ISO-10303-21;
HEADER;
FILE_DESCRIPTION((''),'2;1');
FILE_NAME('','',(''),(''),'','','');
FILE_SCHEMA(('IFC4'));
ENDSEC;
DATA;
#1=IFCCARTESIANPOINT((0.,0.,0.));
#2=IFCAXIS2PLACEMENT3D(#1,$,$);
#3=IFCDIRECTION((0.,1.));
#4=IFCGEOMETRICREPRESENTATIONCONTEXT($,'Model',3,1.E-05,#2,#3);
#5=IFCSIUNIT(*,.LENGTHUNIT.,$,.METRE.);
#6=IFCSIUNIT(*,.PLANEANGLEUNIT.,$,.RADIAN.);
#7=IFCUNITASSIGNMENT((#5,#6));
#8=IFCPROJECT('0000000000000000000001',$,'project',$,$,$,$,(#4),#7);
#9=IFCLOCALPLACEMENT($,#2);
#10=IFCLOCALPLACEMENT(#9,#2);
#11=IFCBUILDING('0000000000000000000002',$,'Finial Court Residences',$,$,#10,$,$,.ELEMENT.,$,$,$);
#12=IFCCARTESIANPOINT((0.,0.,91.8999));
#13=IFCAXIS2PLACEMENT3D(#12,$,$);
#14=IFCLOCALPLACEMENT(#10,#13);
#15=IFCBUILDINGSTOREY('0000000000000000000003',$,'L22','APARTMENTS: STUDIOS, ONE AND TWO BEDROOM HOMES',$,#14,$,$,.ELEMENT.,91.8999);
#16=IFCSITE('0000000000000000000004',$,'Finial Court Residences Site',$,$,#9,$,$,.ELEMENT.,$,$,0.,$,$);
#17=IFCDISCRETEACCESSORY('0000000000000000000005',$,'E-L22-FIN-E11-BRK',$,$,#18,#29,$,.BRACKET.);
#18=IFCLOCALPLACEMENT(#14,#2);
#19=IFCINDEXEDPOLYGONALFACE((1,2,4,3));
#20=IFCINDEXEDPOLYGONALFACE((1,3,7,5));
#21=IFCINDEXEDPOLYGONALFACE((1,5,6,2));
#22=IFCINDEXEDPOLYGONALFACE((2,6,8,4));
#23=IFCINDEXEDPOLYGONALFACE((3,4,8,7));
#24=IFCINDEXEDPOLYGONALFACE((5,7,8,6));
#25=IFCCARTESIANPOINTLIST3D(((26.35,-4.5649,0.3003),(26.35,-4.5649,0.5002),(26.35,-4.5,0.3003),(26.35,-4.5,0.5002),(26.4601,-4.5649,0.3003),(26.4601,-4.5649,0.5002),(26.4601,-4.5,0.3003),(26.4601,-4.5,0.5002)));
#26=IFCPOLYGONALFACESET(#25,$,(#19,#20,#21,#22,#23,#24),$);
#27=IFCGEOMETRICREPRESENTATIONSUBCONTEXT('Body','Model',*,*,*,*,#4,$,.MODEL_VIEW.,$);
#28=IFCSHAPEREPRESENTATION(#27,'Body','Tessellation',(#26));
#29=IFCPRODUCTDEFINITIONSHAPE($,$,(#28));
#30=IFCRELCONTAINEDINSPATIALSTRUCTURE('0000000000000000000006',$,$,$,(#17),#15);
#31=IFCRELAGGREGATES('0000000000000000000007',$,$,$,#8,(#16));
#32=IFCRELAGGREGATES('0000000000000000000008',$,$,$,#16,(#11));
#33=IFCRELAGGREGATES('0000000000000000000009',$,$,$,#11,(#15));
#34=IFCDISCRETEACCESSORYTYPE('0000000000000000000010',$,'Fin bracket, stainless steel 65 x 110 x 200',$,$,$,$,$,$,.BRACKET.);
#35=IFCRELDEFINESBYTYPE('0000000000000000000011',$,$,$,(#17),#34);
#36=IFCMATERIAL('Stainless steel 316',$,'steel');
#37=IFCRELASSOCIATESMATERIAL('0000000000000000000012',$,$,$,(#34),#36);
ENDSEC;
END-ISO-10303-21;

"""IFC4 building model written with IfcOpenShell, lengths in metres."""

from ifc_helpers import new_model, si_unit, direction, frame, origin, origin_2d, place, context, subcontext, project, spatial, rectangle, extrude, material, type_object, element, save


model = new_model("IFC4")

# Units and contexts
model_context = context("Model", 3, precision=1e-05, world=origin(), true_north=direction((0.0, 1.0)))
body_context = subcontext(model_context, "Body", "Model", "MODEL_VIEW")
ifc_project = project(units=[si_unit("LENGTHUNIT", "METRE"), si_unit("PLANEANGLEUNIT", "RADIAN")], contexts=[model_context])

# Site, building, storey
site_placement = place(None, origin())
site = spatial("IfcSite", under=ifc_project, at=site_placement, Name="Finial Court Residences Site", CompositionType="ELEMENT", RefElevation=0.0)
building_placement = place(site_placement, origin())
building = spatial("IfcBuilding", under=site, at=building_placement, Name="Finial Court Residences", CompositionType="ELEMENT")
storey_placement = place(building_placement, frame((0.0, 0.0, 91.8999)))
storey = spatial("IfcBuildingStorey", under=building, at=storey_placement, Name="L22", Description="APARTMENTS: STUDIOS, ONE AND TWO BEDROOM HOMES", CompositionType="ELEMENT", Elevation=91.8999)

# Discrete accessory
ifc_material_1 = material(Name="Stainless steel 316", Category="steel")
discrete_accessory_type = type_object("IfcDiscreteAccessoryType", Name="Fin bracket, stainless steel 65 x 110 x 200", PredefinedType="BRACKET", material=ifc_material_1)
discrete_accessory_placement = place(storey_placement, frame((26.405, -4.5325, 0.3003), z_axis=(0.0, 0.0, 1.0), x_axis=(1.0, 0.0, 0.0)))
element("IfcDiscreteAccessory", 1, at=discrete_accessory_placement, inside=storey, type_object=discrete_accessory_type, Name="E-L22-FIN-E11-BRK", PredefinedType="BRACKET", context=body_context, shape_type="SweptSolid", body=[
    extrude(rectangle(XDim=0.1101, YDim=0.0649, at=origin_2d()), origin(), (0.0, 0.0, 1.0), 0.2),
])

save(model, "model.ifc")
